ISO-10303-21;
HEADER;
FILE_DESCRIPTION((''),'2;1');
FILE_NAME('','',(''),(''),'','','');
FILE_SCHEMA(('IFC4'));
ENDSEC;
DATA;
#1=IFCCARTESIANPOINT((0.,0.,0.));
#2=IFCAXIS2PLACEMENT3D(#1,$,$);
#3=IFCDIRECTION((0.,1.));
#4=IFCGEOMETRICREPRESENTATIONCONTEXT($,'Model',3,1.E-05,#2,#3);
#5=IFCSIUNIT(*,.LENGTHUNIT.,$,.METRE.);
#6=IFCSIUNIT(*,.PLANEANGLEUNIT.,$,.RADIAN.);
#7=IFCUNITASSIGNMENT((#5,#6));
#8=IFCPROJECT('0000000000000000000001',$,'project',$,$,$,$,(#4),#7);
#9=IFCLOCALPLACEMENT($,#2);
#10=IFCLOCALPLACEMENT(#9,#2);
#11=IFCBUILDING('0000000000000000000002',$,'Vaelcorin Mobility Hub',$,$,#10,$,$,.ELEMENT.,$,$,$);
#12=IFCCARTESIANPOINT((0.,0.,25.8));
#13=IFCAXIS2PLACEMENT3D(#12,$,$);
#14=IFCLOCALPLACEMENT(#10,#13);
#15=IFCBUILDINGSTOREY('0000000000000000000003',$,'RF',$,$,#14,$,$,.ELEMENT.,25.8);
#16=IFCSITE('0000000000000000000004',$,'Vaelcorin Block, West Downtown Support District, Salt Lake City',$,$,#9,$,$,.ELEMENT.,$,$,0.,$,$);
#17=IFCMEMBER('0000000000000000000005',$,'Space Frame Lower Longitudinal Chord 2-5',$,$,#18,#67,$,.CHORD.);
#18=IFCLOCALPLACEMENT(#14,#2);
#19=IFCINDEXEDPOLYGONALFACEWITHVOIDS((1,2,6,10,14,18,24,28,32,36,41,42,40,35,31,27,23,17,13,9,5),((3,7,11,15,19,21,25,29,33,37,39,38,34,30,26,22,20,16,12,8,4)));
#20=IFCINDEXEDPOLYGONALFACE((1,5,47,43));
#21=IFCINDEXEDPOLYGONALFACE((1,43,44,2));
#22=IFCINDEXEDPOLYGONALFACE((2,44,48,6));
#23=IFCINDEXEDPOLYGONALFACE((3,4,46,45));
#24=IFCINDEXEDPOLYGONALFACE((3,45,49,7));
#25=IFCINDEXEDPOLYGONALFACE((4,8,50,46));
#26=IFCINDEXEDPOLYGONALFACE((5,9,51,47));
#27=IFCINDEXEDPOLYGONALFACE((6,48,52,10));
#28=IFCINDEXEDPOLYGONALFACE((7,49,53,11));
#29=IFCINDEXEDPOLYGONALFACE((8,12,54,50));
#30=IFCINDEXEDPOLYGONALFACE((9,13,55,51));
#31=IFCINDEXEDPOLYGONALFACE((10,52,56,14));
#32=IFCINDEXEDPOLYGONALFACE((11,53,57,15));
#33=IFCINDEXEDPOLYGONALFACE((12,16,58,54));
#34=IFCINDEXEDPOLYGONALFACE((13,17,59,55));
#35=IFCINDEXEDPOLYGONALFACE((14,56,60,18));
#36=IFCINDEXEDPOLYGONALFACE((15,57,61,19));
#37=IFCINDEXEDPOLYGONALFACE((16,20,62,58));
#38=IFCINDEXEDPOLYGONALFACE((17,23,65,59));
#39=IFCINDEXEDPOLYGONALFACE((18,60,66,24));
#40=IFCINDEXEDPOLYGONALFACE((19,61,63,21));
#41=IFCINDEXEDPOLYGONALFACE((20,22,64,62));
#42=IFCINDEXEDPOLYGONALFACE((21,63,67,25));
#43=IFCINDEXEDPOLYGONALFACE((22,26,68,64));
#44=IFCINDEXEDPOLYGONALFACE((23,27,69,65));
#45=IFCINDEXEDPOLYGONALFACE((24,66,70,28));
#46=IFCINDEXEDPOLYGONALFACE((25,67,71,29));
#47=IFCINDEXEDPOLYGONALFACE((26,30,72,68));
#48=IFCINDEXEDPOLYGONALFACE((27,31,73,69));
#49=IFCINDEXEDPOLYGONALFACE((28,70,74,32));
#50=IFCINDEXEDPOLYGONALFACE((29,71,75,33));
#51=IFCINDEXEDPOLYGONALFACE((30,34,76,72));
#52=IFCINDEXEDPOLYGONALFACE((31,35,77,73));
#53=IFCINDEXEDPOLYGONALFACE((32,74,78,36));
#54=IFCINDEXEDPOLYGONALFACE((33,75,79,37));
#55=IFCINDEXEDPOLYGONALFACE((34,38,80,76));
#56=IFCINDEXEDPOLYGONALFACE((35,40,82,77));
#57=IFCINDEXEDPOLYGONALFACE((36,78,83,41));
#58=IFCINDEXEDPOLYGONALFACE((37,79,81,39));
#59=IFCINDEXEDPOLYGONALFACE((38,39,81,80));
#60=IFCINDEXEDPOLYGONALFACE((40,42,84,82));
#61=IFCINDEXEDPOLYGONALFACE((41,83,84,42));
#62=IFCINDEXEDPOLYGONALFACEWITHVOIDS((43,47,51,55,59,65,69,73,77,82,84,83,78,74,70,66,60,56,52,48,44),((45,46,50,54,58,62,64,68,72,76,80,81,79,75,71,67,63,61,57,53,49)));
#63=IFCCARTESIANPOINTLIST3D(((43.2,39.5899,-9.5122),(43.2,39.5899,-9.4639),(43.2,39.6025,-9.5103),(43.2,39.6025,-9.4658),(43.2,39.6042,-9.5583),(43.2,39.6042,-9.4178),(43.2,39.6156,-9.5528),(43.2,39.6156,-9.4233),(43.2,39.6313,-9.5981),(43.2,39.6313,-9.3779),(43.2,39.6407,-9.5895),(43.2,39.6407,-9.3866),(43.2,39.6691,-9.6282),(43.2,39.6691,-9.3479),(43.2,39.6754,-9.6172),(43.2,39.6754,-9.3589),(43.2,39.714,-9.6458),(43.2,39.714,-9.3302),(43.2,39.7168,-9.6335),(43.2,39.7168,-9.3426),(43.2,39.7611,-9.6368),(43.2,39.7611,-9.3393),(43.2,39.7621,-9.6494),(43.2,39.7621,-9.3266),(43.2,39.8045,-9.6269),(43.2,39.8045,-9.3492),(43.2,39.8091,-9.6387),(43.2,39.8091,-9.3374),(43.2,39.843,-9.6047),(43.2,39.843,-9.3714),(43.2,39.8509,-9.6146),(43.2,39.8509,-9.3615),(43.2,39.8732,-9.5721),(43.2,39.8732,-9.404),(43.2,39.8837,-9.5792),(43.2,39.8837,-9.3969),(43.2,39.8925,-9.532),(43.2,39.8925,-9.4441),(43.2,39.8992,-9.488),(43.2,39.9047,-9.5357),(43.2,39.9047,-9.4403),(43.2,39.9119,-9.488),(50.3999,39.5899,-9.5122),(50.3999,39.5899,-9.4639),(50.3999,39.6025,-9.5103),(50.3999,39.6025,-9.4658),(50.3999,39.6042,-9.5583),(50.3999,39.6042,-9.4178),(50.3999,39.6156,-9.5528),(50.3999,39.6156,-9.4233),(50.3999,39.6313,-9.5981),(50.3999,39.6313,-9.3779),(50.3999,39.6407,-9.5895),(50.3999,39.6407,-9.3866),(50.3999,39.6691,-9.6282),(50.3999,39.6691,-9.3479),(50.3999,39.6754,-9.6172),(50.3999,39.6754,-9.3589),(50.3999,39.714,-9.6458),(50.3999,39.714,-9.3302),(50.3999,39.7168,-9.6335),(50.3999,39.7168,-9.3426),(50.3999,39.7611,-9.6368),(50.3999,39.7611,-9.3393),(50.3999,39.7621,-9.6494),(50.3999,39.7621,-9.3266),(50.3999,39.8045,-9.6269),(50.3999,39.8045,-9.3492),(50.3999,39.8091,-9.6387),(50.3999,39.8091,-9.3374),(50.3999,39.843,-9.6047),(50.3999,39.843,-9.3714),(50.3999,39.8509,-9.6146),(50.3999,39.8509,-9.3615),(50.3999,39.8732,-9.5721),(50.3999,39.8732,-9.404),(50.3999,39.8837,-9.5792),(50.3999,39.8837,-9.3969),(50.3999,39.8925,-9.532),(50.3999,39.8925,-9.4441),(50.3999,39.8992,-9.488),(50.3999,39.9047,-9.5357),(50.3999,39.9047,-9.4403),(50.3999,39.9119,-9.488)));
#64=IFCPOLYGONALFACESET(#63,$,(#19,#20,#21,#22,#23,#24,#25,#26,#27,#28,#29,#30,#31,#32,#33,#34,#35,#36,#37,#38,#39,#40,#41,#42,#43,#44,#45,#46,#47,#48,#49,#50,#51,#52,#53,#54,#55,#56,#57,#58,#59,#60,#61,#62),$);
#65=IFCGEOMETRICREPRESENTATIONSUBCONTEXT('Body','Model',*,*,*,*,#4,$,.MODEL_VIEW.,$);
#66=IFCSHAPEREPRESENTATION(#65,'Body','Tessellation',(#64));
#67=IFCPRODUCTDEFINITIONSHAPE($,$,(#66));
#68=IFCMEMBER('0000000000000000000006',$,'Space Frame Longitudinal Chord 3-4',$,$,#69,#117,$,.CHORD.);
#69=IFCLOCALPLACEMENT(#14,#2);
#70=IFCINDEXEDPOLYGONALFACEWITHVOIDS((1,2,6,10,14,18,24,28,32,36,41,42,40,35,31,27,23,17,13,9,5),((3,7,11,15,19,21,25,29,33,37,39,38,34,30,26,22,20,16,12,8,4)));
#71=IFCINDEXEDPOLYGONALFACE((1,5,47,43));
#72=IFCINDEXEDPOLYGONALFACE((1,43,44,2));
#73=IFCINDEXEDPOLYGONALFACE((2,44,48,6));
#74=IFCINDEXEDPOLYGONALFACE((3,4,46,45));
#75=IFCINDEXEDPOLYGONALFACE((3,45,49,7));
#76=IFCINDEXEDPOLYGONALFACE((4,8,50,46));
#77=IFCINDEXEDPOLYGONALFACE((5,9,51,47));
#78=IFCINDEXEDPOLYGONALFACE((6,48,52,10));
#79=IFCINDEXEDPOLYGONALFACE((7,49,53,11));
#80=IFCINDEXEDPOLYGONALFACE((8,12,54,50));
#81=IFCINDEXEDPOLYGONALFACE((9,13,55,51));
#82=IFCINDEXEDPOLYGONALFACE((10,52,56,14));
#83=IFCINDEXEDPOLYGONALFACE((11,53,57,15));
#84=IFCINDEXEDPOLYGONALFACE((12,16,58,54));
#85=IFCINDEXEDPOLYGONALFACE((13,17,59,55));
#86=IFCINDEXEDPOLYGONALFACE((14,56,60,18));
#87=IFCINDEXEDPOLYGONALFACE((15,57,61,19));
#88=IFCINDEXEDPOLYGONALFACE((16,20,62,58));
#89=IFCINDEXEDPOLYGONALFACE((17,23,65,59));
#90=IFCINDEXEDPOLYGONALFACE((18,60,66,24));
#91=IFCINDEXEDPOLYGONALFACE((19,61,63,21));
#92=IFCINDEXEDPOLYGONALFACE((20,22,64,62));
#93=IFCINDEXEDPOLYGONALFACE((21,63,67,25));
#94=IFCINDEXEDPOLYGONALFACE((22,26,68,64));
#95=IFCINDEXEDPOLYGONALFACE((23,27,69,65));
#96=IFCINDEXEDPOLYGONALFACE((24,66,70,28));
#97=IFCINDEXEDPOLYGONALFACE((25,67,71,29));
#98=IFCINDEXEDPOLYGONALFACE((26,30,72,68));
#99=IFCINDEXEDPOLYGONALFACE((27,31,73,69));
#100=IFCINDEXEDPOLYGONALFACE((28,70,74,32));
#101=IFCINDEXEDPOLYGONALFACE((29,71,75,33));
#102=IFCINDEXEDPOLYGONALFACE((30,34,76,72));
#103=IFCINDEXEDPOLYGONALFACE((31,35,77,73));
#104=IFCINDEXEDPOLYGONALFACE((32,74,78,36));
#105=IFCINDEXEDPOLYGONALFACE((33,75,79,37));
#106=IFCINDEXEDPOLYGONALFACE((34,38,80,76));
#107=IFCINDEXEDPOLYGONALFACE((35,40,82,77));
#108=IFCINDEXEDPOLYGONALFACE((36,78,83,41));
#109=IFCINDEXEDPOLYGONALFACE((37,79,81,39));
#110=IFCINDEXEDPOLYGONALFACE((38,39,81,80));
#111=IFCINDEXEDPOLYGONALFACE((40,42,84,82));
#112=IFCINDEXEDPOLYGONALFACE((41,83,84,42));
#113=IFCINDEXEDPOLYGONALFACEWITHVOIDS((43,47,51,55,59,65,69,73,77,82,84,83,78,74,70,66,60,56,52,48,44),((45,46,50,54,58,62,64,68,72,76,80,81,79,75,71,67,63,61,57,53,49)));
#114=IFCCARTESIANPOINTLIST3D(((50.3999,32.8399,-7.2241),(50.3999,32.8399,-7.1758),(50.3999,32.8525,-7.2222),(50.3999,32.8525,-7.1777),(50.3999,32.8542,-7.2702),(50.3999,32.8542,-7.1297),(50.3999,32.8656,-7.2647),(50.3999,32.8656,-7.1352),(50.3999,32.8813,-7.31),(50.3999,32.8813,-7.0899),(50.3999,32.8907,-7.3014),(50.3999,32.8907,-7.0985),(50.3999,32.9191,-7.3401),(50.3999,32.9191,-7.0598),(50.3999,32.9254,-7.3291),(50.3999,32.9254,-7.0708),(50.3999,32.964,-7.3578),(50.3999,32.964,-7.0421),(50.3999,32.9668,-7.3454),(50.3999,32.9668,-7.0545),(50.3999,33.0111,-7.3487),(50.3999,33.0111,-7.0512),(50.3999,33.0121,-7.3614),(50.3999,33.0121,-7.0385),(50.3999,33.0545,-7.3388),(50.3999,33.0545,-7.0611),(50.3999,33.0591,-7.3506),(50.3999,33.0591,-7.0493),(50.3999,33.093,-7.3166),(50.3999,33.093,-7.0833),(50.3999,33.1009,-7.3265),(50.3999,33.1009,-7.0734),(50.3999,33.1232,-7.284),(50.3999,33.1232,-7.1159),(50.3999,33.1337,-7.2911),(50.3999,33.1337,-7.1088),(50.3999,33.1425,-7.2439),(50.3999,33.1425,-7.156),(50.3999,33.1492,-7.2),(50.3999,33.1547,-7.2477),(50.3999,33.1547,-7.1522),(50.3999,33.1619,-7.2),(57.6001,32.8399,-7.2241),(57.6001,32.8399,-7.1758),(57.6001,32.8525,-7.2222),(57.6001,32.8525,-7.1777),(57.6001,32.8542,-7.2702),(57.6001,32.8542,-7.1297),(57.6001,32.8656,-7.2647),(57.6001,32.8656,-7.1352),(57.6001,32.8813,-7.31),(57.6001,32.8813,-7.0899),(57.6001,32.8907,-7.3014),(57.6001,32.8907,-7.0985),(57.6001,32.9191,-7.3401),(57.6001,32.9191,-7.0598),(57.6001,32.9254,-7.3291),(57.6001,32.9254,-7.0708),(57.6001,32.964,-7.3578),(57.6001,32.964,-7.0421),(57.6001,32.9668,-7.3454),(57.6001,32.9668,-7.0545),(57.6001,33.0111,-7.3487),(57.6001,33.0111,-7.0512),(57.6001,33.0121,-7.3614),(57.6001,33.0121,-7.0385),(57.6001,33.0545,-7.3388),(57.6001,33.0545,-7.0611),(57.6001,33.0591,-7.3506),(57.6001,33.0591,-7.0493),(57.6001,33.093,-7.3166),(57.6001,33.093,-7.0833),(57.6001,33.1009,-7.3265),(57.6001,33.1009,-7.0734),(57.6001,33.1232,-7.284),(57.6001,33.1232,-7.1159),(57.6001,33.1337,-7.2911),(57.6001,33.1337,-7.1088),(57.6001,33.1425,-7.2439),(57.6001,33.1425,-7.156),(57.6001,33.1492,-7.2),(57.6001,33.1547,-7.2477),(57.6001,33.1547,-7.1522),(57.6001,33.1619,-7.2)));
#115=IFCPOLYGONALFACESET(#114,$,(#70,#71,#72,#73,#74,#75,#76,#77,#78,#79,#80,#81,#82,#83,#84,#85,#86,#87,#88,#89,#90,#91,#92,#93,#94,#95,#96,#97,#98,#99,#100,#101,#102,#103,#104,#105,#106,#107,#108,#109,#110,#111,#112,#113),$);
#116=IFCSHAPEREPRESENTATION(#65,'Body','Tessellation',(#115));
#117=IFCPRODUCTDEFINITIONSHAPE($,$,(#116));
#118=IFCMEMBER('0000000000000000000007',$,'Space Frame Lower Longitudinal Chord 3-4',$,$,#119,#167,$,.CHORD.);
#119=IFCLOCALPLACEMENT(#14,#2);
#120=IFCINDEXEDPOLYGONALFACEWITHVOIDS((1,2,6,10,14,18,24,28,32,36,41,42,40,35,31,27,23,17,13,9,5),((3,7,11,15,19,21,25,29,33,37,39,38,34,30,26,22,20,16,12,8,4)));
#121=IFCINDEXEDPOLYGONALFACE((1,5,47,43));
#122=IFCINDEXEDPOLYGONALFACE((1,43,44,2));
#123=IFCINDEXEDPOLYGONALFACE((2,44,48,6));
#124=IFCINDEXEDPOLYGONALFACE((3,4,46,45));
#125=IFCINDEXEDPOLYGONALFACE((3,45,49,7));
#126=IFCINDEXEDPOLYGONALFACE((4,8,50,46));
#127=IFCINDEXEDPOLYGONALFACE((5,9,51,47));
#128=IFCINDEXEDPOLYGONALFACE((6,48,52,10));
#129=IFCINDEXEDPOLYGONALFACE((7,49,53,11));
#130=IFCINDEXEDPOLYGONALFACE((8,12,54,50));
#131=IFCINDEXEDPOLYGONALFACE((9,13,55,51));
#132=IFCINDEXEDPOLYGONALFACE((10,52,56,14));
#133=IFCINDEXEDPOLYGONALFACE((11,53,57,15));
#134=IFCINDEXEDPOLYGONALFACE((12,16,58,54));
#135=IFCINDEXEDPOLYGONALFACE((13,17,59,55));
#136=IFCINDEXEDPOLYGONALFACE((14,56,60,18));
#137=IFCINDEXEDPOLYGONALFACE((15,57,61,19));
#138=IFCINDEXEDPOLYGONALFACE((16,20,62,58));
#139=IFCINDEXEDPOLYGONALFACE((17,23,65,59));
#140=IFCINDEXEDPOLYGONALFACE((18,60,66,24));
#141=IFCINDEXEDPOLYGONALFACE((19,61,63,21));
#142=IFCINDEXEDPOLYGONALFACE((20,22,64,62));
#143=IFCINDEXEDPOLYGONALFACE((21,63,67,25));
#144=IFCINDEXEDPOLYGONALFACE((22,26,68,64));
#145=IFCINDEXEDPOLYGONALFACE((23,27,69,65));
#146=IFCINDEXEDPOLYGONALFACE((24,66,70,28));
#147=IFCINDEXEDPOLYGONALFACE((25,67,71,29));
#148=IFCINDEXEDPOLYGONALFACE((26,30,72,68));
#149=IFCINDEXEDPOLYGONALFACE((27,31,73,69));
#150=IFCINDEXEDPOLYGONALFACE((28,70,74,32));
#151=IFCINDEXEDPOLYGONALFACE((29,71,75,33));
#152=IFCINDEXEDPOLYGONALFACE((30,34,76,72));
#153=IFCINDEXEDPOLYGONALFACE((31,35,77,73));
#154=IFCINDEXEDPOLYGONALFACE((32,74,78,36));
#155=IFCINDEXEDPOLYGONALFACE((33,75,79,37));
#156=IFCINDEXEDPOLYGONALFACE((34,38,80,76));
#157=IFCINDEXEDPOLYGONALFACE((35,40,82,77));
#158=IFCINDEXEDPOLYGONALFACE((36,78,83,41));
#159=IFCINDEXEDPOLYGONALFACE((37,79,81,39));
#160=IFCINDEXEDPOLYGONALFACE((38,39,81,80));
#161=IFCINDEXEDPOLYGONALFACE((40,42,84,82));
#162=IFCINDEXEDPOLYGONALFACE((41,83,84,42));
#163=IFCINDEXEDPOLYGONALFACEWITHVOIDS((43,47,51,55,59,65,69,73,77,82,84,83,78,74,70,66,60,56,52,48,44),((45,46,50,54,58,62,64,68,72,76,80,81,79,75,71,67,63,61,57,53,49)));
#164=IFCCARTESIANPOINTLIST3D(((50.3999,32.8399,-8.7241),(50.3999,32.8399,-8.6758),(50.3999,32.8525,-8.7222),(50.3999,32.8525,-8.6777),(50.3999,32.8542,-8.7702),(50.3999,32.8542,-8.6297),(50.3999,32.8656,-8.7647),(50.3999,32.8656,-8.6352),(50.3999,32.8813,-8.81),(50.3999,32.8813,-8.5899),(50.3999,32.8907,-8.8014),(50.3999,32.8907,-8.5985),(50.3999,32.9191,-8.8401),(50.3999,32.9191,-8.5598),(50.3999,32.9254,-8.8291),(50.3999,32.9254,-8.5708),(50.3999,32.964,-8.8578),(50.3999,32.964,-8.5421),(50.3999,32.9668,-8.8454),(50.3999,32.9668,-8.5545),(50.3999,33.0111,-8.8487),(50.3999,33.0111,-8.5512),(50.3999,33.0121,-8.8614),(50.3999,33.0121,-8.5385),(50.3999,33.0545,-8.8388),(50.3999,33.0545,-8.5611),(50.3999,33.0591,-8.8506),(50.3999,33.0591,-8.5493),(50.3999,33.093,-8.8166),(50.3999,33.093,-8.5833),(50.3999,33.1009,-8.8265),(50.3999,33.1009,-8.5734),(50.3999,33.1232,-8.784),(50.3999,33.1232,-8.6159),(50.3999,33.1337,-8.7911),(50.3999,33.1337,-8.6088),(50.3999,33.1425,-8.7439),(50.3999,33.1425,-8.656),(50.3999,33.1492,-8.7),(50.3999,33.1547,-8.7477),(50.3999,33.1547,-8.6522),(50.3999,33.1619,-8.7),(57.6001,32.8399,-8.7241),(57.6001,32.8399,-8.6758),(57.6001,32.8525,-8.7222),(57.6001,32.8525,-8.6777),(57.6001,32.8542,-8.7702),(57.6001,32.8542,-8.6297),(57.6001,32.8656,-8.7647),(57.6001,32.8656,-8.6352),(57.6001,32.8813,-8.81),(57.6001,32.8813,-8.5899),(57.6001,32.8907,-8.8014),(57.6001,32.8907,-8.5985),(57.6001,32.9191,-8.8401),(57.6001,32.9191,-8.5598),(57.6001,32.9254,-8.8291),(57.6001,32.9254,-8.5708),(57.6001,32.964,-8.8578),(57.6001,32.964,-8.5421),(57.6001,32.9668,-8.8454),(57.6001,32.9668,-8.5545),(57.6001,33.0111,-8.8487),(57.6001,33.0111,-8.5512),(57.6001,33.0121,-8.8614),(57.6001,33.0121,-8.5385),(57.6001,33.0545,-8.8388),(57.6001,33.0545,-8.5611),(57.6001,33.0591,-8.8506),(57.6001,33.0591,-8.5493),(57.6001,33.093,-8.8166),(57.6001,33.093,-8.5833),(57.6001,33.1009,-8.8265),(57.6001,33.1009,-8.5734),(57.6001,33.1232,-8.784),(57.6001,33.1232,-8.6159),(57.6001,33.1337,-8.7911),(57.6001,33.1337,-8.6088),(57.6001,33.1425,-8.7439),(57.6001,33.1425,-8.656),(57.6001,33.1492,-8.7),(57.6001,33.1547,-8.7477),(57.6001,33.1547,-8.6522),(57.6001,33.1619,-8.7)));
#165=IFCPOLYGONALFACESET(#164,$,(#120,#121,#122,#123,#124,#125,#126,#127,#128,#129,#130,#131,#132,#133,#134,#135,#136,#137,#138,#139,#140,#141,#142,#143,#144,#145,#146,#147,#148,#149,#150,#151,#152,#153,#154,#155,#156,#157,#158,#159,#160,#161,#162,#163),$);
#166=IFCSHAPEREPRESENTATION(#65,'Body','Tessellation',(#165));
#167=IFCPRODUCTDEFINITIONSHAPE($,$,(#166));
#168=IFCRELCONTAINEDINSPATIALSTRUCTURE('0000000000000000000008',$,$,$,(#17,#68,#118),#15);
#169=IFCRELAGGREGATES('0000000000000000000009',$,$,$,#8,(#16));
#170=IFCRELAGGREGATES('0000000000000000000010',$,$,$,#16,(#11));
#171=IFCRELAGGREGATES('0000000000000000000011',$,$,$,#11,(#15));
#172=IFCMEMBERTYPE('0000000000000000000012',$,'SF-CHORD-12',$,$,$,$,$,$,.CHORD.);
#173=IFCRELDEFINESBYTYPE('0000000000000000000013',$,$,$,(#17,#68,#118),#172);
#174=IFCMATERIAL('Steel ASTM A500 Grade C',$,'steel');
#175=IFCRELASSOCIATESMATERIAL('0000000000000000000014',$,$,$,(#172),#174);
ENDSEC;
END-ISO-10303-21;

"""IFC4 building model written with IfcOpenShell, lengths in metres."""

from ifc_helpers import new_model, si_unit, direction, frame, origin, origin_2d, place, context, subcontext, project, spatial, hollow_circle, extrude, material, material_profile, profile_set, type_object, element, save


model = new_model("IFC4")

# Units and contexts
model_context = context("Model", 3, precision=1e-05, world=origin(), true_north=direction((0.0, 1.0)))
body_context = subcontext(model_context, "Body", "Model", "MODEL_VIEW")
ifc_project = project(units=[si_unit("LENGTHUNIT", "METRE"), si_unit("PLANEANGLEUNIT", "RADIAN")], contexts=[model_context])

# Site, building, storey
site_placement = place(None, origin())
site = spatial("IfcSite", under=ifc_project, at=site_placement, Name="Vaelcorin Block, West Downtown Support District, Salt Lake City", CompositionType="ELEMENT", RefElevation=0.0)
building_placement = place(site_placement, origin())
building = spatial("IfcBuilding", under=site, at=building_placement, Name="Vaelcorin Mobility Hub", CompositionType="ELEMENT")
storey_placement = place(building_placement, frame((0.0, 0.0, 25.8)))
storey = spatial("IfcBuildingStorey", under=building, at=storey_placement, Name="RF", CompositionType="ELEMENT", Elevation=25.8)

# Members
ifc_material_1 = material(Name="Steel ASTM A500 Grade C", Category="steel")
ifc_material_profile_1 = material_profile(ifc_material_1, hollow_circle(Radius=0.1619, WallThickness=0.0127, at=origin_2d()), Name="HSS12.750X0.500")
ifc_profile_set_1 = profile_set([ifc_material_profile_1], Name="Steel ASTM A500 Grade C")
member_type_1 = type_object("IfcMemberType", Name="SF-CHORD-12", PredefinedType="CHORD", material=ifc_profile_set_1)
member_1_placement = place(storey_placement, frame((43.2, 39.75, -9.488), z_axis=(1.0, 0.0, 0.0), x_axis=(0.0, 1.0, 0.0)))
element("IfcMember", 1, at=member_1_placement, inside=storey, type_object=member_type_1, Name="Space Frame Lower Longitudinal Chord 2-5", PredefinedType="CHORD", context=body_context, shape_type="SweptSolid", body=[
    extrude(hollow_circle(Radius=0.1619, WallThickness=0.0127, at=origin_2d()), origin(), (0.0, 0.0, 1.0), 7.2),
])
for number, where, z_axis, x_axis, name in (
    (2, (50.3999, 33.0, -7.2), (1.0, 0.0, 0.0), (0.0, 1.0, 0.0), "Space Frame Longitudinal Chord 3-4"),
    (3, (50.3999, 33.0, -8.7), (1.0, 0.0, 0.0), (0.0, 1.0, 0.0), "Space Frame Lower Longitudinal Chord 3-4"),
):
    element("IfcMember", number, at=place(storey_placement, frame(where, z_axis=z_axis, x_axis=x_axis)), inside=storey, type_object=member_type_1, Name=name, PredefinedType="CHORD", context=body_context, shape_type="SweptSolid", body=[
        extrude(hollow_circle(Radius=0.1619, WallThickness=0.0127, at=origin_2d()), origin(), (0.0, 0.0, 1.0), 7.2002),
    ])

save(model, "model.ifc")
